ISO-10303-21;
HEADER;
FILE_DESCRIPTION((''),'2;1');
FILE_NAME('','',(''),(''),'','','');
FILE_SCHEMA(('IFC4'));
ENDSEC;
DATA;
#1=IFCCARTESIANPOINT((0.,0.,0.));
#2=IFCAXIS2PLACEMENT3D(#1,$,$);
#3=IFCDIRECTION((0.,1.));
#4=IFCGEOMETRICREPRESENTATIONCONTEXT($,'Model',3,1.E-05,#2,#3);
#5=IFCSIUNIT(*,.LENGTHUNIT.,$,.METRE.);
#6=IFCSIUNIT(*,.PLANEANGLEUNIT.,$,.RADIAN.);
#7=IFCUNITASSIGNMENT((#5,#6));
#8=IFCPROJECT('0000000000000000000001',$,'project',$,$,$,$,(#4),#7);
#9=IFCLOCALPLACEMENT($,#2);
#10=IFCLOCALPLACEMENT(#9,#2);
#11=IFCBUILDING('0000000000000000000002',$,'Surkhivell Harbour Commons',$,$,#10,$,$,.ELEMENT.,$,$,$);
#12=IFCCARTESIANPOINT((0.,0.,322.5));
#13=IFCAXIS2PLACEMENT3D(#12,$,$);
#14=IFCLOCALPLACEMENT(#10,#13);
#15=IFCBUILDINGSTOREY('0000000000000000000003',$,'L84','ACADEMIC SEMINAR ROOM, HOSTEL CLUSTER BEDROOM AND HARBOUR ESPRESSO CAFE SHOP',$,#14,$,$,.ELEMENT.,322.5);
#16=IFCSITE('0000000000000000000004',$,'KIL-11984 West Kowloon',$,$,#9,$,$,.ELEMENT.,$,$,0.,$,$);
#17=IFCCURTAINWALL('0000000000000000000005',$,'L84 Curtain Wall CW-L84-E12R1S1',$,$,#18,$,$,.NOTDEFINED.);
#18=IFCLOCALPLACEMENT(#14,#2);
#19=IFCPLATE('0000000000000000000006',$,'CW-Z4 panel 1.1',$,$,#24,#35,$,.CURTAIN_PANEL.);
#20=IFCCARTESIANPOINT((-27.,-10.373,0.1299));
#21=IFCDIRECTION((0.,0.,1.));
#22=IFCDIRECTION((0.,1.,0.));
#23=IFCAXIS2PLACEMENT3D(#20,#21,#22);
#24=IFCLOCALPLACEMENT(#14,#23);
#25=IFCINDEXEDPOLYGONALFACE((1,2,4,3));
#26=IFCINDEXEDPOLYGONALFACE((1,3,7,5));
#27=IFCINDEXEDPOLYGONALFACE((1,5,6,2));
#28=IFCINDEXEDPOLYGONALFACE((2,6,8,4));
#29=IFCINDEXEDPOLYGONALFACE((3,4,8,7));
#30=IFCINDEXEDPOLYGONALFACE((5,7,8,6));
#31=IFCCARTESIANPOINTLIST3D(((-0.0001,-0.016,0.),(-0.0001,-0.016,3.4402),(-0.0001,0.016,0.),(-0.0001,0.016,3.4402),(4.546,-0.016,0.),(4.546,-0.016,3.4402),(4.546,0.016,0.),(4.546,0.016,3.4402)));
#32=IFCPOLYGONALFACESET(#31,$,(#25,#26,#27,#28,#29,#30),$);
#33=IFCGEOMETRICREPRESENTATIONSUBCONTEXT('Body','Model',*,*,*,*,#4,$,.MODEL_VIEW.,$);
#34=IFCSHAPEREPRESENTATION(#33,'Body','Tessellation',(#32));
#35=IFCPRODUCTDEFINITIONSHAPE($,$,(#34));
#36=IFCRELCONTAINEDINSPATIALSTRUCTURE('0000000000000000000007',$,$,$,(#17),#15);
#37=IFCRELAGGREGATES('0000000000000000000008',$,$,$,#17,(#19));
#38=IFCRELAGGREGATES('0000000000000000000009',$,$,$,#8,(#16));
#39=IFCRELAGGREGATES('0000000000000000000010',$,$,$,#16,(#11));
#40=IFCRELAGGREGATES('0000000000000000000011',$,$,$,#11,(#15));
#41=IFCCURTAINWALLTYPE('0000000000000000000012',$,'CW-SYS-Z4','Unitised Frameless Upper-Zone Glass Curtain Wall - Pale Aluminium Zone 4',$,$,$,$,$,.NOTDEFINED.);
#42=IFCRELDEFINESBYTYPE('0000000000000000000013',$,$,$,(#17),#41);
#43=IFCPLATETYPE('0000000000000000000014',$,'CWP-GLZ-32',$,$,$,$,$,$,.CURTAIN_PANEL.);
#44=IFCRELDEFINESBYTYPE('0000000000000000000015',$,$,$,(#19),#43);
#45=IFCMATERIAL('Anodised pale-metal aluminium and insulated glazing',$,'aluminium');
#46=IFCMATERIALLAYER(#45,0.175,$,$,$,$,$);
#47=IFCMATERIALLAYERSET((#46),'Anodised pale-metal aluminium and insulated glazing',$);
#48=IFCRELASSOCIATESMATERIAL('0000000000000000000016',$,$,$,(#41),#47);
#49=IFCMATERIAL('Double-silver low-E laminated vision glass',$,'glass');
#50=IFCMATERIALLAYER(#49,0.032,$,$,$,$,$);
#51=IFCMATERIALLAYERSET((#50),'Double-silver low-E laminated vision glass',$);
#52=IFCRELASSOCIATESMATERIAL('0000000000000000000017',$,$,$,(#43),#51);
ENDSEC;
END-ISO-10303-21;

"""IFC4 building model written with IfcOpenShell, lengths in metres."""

from ifc_helpers import new_model, si_unit, direction, frame, frame_2d, origin, place, context, subcontext, project, spatial, rectangle, extrude, material, layer, layer_set, type_object, element, aggregate, save


model = new_model("IFC4")

# Units and contexts
model_context = context("Model", 3, precision=1e-05, world=origin(), true_north=direction((0.0, 1.0)))
body_context = subcontext(model_context, "Body", "Model", "MODEL_VIEW")
ifc_project = project(units=[si_unit("LENGTHUNIT", "METRE"), si_unit("PLANEANGLEUNIT", "RADIAN")], contexts=[model_context])

# Site, building, storey
site_placement = place(None, origin())
site = spatial("IfcSite", under=ifc_project, at=site_placement, Name="KIL-11984 West Kowloon", CompositionType="ELEMENT", RefElevation=0.0)
building_placement = place(site_placement, origin())
building = spatial("IfcBuilding", under=site, at=building_placement, Name="Surkhivell Harbour Commons", CompositionType="ELEMENT")
storey_placement = place(building_placement, frame((0.0, 0.0, 322.5)))
storey = spatial("IfcBuildingStorey", under=building, at=storey_placement, Name="L84", Description="ACADEMIC SEMINAR ROOM, HOSTEL CLUSTER BEDROOM AND HARBOUR ESPRESSO CAFE SHOP", CompositionType="ELEMENT", Elevation=322.5)

# Curtain wall
ifc_material_1 = material(Name="Anodised pale-metal aluminium and insulated glazing", Category="aluminium")
ifc_layer_1 = layer(ifc_material_1, 0.175)
ifc_layer_set_1 = layer_set([ifc_layer_1], Name="Anodised pale-metal aluminium and insulated glazing")
curtain_wall_type = type_object("IfcCurtainWallType", Name="CW-SYS-Z4", Description="Unitised Frameless Upper-Zone Glass Curtain Wall - Pale Aluminium Zone 4", PredefinedType="NOTDEFINED", material=ifc_layer_set_1)
curtain_wall_placement = place(storey_placement, origin())
curtain_wall = element("IfcCurtainWall", 1, at=curtain_wall_placement, inside=storey, type_object=curtain_wall_type, Name="L84 Curtain Wall CW-L84-E12R1S1", PredefinedType="NOTDEFINED")

# Plate
ifc_material_2 = material(Name="Double-silver low-E laminated vision glass", Category="glass")
ifc_layer_2 = layer(ifc_material_2, 0.032)
ifc_layer_set_2 = layer_set([ifc_layer_2], Name="Double-silver low-E laminated vision glass")
plate_type_1 = type_object("IfcPlateType", Name="CWP-GLZ-32", PredefinedType="CURTAIN_PANEL", material=ifc_layer_set_2)
plate_1_placement = place(storey_placement, frame((-27.0, -10.373, 0.1299), z_axis=(0.0, 0.0, 1.0), x_axis=(0.0, 1.0, 0.0)))
plate_1 = element("IfcPlate", 2, at=plate_1_placement, type_object=plate_type_1, Name="CW-Z4 panel 1.1", PredefinedType="CURTAIN_PANEL", context=body_context, shape_type="SweptSolid", body=[
    extrude(rectangle(XDim=4.5461, YDim=0.032, at=frame_2d((2.2729, 0.0))), origin(), (0.0, 0.0, 1.0), 3.4402),
])
aggregate(curtain_wall, [plate_1])

save(model, "model.ifc")
